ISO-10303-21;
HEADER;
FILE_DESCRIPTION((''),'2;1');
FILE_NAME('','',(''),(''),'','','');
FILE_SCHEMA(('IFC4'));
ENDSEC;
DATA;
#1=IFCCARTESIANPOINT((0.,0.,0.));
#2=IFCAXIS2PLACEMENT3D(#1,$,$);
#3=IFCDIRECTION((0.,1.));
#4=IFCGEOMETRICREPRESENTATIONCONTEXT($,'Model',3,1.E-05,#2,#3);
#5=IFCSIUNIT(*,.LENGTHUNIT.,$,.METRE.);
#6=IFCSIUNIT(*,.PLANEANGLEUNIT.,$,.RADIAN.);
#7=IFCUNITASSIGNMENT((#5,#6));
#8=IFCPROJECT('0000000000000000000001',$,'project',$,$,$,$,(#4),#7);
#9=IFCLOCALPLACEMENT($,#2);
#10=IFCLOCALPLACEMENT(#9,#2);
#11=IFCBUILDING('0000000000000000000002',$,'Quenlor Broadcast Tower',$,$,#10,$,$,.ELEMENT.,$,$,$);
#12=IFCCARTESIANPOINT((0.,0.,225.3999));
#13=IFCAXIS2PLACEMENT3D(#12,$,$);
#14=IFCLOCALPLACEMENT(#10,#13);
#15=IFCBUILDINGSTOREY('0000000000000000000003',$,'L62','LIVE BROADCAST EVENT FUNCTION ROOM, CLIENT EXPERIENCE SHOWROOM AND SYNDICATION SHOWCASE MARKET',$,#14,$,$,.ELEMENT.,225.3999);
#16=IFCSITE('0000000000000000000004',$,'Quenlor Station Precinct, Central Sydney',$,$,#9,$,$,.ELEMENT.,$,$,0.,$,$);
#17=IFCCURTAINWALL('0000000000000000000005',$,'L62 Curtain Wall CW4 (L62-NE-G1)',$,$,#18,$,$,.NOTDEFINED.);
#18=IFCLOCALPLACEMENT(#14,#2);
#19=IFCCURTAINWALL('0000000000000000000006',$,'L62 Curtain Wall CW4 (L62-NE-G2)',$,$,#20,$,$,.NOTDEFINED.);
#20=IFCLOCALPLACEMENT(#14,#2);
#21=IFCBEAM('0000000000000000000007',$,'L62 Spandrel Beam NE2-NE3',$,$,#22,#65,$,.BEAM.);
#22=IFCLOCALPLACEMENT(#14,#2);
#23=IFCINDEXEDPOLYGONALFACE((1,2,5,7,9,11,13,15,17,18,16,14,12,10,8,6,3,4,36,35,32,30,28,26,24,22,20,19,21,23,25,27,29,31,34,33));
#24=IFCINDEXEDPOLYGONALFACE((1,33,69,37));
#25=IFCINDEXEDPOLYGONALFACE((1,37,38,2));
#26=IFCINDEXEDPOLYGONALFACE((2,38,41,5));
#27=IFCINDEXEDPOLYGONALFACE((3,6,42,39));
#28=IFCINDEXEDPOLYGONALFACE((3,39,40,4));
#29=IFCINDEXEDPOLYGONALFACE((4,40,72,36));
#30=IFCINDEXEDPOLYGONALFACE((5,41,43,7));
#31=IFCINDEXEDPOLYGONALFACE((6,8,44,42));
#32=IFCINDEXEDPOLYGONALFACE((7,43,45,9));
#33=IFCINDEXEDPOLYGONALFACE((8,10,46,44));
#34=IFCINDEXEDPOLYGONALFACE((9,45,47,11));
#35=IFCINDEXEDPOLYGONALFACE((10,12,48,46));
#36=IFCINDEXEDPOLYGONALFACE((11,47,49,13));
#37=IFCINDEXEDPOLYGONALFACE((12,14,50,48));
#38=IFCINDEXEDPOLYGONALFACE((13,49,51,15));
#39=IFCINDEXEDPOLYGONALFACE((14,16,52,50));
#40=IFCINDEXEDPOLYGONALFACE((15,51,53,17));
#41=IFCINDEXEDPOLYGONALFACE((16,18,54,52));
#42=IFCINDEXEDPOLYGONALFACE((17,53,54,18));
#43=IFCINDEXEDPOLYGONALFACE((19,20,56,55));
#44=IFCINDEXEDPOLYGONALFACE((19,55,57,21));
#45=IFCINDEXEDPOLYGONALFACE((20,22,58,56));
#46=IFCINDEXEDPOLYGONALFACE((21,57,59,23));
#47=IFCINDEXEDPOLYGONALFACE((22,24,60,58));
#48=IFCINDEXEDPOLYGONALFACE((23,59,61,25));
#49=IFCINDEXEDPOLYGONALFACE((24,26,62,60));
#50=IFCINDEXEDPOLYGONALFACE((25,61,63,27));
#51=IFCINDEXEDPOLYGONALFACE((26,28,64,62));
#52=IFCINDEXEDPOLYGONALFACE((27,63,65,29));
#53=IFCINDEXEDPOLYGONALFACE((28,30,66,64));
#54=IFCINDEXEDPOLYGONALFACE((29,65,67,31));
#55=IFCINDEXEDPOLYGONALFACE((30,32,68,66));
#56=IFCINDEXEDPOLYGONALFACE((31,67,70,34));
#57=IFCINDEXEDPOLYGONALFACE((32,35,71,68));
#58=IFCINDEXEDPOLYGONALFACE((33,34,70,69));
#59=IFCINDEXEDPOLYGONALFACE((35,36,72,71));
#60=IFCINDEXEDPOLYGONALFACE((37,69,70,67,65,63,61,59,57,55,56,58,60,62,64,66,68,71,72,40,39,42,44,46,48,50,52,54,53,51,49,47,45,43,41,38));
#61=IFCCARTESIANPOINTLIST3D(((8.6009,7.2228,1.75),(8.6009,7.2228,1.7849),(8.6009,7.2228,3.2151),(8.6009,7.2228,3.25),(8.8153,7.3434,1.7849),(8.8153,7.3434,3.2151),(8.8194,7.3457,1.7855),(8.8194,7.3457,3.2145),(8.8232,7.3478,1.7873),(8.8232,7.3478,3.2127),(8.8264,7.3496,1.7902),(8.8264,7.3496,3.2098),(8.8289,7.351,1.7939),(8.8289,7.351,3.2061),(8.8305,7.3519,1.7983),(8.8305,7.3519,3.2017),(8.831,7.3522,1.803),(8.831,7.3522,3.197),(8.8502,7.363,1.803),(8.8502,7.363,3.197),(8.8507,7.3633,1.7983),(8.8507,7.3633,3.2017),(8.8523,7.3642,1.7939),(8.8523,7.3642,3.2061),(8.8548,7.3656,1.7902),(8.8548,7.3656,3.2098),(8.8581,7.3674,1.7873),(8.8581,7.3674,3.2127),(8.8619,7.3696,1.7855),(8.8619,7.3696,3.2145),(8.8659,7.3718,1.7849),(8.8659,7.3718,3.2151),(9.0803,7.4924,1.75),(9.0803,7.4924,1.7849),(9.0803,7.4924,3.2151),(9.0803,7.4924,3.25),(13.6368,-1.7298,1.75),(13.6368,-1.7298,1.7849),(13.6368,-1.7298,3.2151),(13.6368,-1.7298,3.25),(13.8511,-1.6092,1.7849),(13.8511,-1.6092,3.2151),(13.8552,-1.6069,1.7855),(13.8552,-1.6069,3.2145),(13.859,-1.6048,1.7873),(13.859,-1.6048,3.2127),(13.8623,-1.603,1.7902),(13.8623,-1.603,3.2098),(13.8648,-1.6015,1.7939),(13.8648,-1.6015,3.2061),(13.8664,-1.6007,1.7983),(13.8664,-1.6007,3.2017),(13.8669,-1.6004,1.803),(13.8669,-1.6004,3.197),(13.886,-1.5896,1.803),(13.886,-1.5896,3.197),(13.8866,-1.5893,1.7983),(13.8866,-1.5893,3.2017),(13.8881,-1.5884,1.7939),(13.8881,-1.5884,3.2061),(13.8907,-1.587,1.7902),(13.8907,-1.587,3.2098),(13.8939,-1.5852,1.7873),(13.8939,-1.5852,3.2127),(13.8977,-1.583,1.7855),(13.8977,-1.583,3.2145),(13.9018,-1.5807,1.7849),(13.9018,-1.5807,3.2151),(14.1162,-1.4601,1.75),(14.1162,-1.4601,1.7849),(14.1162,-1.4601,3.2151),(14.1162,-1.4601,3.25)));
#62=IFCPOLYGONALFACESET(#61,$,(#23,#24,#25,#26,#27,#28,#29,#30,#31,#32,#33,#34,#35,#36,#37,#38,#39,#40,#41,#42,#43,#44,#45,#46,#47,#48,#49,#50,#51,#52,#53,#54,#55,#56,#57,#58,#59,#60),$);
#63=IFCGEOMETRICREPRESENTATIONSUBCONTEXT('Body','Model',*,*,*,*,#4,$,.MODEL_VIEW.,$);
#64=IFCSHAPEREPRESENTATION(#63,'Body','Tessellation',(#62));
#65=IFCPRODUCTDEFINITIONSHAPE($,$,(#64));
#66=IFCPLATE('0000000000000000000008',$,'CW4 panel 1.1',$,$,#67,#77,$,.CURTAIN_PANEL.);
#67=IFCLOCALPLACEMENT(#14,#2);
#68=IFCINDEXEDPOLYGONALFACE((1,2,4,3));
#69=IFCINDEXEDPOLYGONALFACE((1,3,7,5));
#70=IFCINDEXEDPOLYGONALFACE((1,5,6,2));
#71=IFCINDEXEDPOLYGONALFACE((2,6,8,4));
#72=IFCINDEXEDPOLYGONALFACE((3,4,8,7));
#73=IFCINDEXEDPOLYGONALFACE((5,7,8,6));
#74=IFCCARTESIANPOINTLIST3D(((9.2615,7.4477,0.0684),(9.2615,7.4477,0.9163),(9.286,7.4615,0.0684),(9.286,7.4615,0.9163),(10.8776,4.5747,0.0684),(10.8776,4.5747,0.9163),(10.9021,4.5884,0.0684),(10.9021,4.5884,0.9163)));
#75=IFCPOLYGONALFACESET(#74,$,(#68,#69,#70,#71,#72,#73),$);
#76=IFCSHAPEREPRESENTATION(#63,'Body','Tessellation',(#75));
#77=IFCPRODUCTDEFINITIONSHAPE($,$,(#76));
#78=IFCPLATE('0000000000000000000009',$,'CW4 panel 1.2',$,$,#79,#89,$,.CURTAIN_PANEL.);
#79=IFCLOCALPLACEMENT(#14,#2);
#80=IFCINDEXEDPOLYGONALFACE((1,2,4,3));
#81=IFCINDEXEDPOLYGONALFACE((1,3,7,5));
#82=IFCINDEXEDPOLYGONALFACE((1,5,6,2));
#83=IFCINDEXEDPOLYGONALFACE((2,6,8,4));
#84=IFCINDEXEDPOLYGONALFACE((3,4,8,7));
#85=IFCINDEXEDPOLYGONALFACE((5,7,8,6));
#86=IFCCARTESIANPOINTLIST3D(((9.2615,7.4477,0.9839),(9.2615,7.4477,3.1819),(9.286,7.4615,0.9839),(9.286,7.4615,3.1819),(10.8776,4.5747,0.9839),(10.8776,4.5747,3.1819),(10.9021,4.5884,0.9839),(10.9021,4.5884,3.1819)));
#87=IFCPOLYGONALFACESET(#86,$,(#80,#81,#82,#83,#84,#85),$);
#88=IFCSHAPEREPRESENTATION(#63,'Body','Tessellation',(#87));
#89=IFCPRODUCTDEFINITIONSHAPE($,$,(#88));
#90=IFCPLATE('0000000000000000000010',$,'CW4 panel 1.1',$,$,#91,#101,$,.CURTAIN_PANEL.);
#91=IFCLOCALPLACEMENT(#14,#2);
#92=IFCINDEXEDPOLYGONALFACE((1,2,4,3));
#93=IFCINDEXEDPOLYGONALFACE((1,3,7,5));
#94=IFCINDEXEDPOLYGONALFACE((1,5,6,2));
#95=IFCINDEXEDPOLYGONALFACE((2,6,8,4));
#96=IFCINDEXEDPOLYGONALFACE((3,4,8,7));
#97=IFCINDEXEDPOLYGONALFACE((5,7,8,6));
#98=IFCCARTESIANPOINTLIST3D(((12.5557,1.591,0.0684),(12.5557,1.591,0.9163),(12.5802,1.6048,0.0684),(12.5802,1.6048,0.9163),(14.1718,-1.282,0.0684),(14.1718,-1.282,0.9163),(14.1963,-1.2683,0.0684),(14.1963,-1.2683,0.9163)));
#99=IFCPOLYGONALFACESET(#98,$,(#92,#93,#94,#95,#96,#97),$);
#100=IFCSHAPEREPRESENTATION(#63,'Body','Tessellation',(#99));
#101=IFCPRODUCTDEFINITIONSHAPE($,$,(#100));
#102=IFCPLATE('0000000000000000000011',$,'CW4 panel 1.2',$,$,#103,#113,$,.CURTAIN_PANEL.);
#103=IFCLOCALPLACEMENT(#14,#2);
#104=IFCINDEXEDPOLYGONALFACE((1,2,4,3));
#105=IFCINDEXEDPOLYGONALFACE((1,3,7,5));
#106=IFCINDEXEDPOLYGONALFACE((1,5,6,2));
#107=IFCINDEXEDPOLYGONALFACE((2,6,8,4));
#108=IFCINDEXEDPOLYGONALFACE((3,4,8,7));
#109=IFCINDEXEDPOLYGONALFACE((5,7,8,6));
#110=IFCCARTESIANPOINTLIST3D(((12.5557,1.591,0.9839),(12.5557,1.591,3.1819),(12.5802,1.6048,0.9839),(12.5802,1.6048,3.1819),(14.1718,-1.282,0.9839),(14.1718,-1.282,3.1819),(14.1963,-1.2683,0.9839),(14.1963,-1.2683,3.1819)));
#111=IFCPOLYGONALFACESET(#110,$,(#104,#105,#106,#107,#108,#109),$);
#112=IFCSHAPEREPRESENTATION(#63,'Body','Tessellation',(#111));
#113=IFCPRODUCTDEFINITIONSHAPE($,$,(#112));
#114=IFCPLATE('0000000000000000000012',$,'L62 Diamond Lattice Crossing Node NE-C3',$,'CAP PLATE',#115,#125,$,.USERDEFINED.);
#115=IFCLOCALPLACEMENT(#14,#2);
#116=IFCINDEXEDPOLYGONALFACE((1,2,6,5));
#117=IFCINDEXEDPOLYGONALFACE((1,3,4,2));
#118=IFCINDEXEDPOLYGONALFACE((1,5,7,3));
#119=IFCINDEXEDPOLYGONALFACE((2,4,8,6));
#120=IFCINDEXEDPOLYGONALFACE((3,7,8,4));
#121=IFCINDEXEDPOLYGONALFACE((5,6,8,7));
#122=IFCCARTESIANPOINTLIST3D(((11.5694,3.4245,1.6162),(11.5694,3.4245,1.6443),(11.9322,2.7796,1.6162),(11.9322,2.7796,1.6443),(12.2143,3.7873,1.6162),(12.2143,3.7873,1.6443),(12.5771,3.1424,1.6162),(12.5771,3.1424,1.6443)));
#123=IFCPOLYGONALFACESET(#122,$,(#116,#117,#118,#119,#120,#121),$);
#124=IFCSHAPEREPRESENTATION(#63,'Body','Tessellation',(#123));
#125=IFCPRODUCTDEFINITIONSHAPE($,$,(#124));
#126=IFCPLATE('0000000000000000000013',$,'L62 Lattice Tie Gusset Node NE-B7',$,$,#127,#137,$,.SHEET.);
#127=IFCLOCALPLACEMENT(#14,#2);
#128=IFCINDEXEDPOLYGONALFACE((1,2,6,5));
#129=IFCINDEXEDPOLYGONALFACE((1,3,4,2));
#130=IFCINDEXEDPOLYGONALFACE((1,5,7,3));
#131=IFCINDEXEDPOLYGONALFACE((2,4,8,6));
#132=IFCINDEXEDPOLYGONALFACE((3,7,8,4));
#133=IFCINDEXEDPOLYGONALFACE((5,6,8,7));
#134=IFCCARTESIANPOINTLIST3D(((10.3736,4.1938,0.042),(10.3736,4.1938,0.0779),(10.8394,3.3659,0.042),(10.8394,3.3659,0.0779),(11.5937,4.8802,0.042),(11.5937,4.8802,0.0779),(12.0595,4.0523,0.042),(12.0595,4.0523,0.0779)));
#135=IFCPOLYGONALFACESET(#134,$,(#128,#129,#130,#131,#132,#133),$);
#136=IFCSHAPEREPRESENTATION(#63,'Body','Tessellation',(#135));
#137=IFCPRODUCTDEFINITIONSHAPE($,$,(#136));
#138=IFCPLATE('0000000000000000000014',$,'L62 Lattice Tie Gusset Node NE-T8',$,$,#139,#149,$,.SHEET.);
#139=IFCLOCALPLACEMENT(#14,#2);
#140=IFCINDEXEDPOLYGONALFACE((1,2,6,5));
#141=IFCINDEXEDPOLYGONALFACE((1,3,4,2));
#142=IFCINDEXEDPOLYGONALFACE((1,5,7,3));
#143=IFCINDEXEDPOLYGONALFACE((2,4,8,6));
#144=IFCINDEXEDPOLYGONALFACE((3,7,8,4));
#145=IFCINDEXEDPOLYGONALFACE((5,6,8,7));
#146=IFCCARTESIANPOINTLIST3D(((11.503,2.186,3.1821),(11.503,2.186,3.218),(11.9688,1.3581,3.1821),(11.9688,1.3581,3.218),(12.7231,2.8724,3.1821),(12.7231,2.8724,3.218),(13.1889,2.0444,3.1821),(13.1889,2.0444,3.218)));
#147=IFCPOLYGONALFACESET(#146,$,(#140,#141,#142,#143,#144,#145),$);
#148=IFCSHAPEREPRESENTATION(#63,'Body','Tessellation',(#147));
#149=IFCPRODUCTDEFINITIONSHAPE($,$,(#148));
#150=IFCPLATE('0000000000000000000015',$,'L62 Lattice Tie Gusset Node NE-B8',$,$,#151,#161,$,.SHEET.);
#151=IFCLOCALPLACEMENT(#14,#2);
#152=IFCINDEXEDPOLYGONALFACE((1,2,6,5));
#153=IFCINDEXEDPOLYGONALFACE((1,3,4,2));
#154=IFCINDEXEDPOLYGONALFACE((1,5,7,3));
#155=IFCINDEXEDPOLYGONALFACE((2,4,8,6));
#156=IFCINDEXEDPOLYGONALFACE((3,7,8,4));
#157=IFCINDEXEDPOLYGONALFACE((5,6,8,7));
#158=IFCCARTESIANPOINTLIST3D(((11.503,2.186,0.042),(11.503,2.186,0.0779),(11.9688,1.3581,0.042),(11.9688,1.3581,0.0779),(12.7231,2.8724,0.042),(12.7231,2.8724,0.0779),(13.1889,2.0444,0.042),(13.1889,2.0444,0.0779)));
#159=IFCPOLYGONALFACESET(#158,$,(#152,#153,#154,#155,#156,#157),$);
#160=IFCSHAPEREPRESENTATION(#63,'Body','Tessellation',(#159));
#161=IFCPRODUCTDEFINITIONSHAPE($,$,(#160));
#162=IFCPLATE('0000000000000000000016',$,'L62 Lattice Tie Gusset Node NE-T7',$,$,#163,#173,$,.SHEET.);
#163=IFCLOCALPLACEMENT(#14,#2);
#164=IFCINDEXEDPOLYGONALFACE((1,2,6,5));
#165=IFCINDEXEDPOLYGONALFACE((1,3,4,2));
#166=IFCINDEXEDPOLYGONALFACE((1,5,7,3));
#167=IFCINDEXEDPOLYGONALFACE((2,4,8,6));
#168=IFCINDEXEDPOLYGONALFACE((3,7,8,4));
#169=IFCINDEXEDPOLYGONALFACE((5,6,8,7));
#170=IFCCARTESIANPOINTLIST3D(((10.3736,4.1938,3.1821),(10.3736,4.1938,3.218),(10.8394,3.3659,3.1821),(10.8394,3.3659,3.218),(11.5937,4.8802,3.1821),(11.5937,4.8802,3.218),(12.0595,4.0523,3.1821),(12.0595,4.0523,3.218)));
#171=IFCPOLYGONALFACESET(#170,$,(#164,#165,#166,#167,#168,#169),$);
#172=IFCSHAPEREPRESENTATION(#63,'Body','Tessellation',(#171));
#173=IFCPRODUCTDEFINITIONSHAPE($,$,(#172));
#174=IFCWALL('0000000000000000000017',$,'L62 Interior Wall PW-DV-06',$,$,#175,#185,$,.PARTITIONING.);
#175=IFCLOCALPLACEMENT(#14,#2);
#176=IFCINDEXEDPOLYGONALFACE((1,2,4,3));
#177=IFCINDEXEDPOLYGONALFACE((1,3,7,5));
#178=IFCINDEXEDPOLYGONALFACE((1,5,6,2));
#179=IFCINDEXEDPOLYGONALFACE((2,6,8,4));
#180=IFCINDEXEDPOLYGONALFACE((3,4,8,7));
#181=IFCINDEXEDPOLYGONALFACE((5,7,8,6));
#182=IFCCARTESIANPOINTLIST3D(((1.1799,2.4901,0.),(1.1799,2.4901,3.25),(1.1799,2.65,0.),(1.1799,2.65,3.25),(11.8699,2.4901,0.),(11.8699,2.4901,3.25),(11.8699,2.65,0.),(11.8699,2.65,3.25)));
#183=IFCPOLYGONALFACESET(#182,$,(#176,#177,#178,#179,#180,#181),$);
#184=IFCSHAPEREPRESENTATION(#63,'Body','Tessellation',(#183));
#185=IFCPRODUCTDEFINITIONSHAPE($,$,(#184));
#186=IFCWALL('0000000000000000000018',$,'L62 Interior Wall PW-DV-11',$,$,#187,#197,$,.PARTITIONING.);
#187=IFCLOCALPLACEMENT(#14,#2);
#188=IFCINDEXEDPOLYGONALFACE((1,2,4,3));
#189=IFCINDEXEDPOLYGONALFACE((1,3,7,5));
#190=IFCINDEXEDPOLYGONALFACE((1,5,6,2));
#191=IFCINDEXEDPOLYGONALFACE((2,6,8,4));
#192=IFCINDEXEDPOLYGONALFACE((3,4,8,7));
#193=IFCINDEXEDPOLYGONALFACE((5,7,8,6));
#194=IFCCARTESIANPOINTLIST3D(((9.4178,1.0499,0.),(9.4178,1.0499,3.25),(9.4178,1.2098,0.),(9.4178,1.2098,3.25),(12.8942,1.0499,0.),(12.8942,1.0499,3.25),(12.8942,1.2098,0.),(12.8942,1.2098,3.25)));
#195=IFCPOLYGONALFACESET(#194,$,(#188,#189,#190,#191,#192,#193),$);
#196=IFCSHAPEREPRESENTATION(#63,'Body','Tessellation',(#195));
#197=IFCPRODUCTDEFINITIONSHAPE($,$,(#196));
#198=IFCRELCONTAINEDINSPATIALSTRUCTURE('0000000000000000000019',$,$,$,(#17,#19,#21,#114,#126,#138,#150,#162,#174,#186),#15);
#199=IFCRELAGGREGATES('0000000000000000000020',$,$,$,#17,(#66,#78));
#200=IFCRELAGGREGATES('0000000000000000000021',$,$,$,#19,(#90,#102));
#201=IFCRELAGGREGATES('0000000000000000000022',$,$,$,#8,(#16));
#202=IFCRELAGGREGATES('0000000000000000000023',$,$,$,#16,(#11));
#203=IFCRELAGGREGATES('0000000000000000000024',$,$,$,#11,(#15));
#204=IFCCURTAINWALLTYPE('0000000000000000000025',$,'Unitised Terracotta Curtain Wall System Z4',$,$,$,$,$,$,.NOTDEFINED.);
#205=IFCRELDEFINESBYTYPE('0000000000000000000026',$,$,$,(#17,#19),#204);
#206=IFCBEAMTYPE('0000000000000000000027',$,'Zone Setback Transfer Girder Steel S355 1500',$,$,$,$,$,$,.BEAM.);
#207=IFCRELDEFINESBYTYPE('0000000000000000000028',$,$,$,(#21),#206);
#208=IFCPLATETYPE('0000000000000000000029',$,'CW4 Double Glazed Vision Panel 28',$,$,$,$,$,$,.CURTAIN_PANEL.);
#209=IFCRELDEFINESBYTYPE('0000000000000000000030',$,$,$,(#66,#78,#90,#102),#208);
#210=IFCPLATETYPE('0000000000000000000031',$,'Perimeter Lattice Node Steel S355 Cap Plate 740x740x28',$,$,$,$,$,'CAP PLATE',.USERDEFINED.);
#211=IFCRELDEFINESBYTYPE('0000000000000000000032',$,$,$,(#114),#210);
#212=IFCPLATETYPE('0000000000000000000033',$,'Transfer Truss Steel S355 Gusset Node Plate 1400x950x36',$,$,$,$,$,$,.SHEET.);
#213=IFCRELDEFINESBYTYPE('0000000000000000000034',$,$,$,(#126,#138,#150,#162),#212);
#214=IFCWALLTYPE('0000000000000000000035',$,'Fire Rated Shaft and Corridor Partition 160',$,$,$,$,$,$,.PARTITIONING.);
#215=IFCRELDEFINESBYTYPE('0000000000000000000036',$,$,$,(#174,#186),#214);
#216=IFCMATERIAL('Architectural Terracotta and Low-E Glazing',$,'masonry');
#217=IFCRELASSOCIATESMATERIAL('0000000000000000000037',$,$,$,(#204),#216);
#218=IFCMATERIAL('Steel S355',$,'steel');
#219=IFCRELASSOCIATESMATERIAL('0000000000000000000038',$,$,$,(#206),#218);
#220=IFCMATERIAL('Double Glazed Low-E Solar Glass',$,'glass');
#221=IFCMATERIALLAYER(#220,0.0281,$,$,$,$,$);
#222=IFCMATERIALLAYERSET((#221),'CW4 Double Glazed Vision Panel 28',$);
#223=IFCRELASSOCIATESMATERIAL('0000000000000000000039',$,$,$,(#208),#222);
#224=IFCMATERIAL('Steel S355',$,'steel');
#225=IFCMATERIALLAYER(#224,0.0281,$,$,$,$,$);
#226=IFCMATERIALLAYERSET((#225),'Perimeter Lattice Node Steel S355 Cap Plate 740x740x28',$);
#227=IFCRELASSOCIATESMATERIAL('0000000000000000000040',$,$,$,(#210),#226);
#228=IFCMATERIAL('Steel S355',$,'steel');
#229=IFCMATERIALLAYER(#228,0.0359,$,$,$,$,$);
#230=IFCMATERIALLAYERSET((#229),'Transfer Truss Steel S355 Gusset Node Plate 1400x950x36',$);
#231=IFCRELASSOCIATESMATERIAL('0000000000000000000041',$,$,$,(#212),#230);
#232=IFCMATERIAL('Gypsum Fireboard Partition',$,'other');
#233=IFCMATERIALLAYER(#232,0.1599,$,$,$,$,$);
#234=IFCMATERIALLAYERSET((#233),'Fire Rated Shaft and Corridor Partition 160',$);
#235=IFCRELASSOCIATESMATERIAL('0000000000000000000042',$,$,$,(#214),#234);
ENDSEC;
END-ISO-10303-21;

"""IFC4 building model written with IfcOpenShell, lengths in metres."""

from ifc_helpers import new_model, si_unit, direction, frame, frame_2d, origin, origin_2d, place, context, subcontext, project, spatial, rectangle, i_section, extrude, material, layer, layer_set, material_profile, profile_set, type_object, element, aggregate, save


model = new_model("IFC4")

# Units and contexts
model_context = context("Model", 3, precision=1e-05, world=origin(), true_north=direction((0.0, 1.0)))
body_context = subcontext(model_context, "Body", "Model", "MODEL_VIEW")
ifc_project = project(units=[si_unit("LENGTHUNIT", "METRE"), si_unit("PLANEANGLEUNIT", "RADIAN")], contexts=[model_context])

# Site, building, storey
site_placement = place(None, origin())
site = spatial("IfcSite", under=ifc_project, at=site_placement, Name="Quenlor Station Precinct, Central Sydney", CompositionType="ELEMENT", RefElevation=0.0)
building_placement = place(site_placement, origin())
building = spatial("IfcBuilding", under=site, at=building_placement, Name="Quenlor Broadcast Tower", CompositionType="ELEMENT")
storey_placement = place(building_placement, frame((0.0, 0.0, 225.3999)))
storey = spatial("IfcBuildingStorey", under=building, at=storey_placement, Name="L62", Description="LIVE BROADCAST EVENT FUNCTION ROOM, CLIENT EXPERIENCE SHOWROOM AND SYNDICATION SHOWCASE MARKET", CompositionType="ELEMENT", Elevation=225.3999)

# Curtain wall
ifc_material_1 = material(Name="Architectural Terracotta and Low-E Glazing", Category="masonry")
curtain_wall_type = type_object("IfcCurtainWallType", Name="Unitised Terracotta Curtain Wall System Z4", PredefinedType="NOTDEFINED", material=ifc_material_1)
curtain_wall_1_placement = place(storey_placement, origin())
curtain_wall_1 = element("IfcCurtainWall", 1, at=curtain_wall_1_placement, inside=storey, type_object=curtain_wall_type, Name="L62 Curtain Wall CW4 (L62-NE-G1)", PredefinedType="NOTDEFINED")

# Curtain wall
curtain_wall_2_placement = place(storey_placement, origin())
curtain_wall_2 = element("IfcCurtainWall", 2, at=curtain_wall_2_placement, inside=storey, type_object=curtain_wall_type, Name="L62 Curtain Wall CW4 (L62-NE-G2)", PredefinedType="NOTDEFINED")

# Beam
ifc_material_2 = material(Name="Steel S355", Category="steel")
ifc_material_profile_1 = material_profile(ifc_material_2, i_section(OverallWidth=0.55, OverallDepth=1.5, WebThickness=0.022, FlangeThickness=0.0349, FilletRadius=0.0181, at=origin_2d()))
ifc_profile_set_1 = profile_set([ifc_material_profile_1], Name="Steel S355 1500TG510")
beam_type_1 = type_object("IfcBeamType", Name="Zone Setback Transfer Girder Steel S355 1500", PredefinedType="BEAM", material=ifc_profile_set_1)
beam_1_placement = place(storey_placement, frame((13.8765, -1.595, 2.5), z_axis=(-0.490263, 0.871574, 0.0), x_axis=(-0.871574, -0.490263, 0.0)))
element("IfcBeam", 3, at=beam_1_placement, inside=storey, type_object=beam_type_1, Name="L62 Spandrel Beam NE2-NE3", PredefinedType="BEAM", context=body_context, shape_type="SweptSolid", body=[
    extrude(i_section(OverallWidth=0.55, OverallDepth=1.5, WebThickness=0.022, FlangeThickness=0.0349, FilletRadius=0.0181, at=origin_2d()), origin(), (0.0, 0.0, 1.0), 10.2717),
])

# Plates
ifc_material_3 = material(Name="Double Glazed Low-E Solar Glass", Category="glass")
ifc_layer_1 = layer(ifc_material_3, 0.0281)
ifc_layer_set_1 = layer_set([ifc_layer_1], Name="CW4 Double Glazed Vision Panel 28")
plate_type_1 = type_object("IfcPlateType", Name="CW4 Double Glazed Vision Panel 28", PredefinedType="CURTAIN_PANEL", material=ifc_layer_set_1)
plate_1_placement = place(storey_placement, frame((10.0818, 6.0181, 0.0684), z_axis=(0.0, 0.0, 1.0), x_axis=(0.490257, -0.871578, 0.0)))
plate_1 = element("IfcPlate", 4, at=plate_1_placement, type_object=plate_type_1, Name="CW4 panel 1.1", PredefinedType="CURTAIN_PANEL", context=body_context, shape_type="SweptSolid", body=[
    extrude(rectangle(XDim=3.2964, YDim=0.0281, at=origin_2d()), origin(), (0.0, 0.0, 1.0), 0.8479),
])
plate_2_placement = place(storey_placement, frame((10.0818, 6.0181, 0.9839), z_axis=(0.0, 0.0, 1.0), x_axis=(0.490257, -0.871578, 0.0)))
plate_2 = element("IfcPlate", 5, at=plate_2_placement, type_object=plate_type_1, Name="CW4 panel 1.2", PredefinedType="CURTAIN_PANEL", context=body_context, shape_type="SweptSolid", body=[
    extrude(rectangle(XDim=3.2964, YDim=0.0281, at=origin_2d()), origin(), (0.0, 0.0, 1.0), 2.198),
])
aggregate(curtain_wall_1, [plate_1, plate_2])
plate_3_placement = place(storey_placement, frame((13.376, 0.1614, 0.0684), z_axis=(0.0, 0.0, 1.0), x_axis=(0.490257, -0.871578, 0.0)))
plate_3 = element("IfcPlate", 6, at=plate_3_placement, type_object=plate_type_1, Name="CW4 panel 1.1", PredefinedType="CURTAIN_PANEL", context=body_context, shape_type="SweptSolid", body=[
    extrude(rectangle(XDim=3.2964, YDim=0.0281, at=origin_2d()), origin(), (0.0, 0.0, 1.0), 0.8479),
])
plate_4_placement = place(storey_placement, frame((13.376, 0.1614, 0.9839), z_axis=(0.0, 0.0, 1.0), x_axis=(0.490257, -0.871578, 0.0)))
plate_4 = element("IfcPlate", 7, at=plate_4_placement, type_object=plate_type_1, Name="CW4 panel 1.2", PredefinedType="CURTAIN_PANEL", context=body_context, shape_type="SweptSolid", body=[
    extrude(rectangle(XDim=3.2964, YDim=0.0281, at=origin_2d()), origin(), (0.0, 0.0, 1.0), 2.198),
])
aggregate(curtain_wall_2, [plate_3, plate_4])

# Plates
ifc_material_4 = material(Name="Steel S355", Category="steel")
ifc_layer_2 = layer(ifc_material_4, 0.0281)
ifc_layer_set_2 = layer_set([ifc_layer_2], Name="Perimeter Lattice Node Steel S355 Cap Plate 740x740x28")
plate_type_2 = type_object("IfcPlateType", Name="Perimeter Lattice Node Steel S355 Cap Plate 740x740x28", ElementType="CAP PLATE", PredefinedType="USERDEFINED", material=ifc_layer_set_2)
plate_5_placement = place(storey_placement, frame((12.0732, 3.2834, 1.6162), z_axis=(0.0, 0.0, 1.0), x_axis=(0.490295, -0.871556, 0.0)))
element("IfcPlate", 8, at=plate_5_placement, inside=storey, type_object=plate_type_2, Name="L62 Diamond Lattice Crossing Node NE-C3", ObjectType="CAP PLATE", PredefinedType="USERDEFINED", context=body_context, shape_type="SweptSolid", body=[
    extrude(rectangle(XDim=0.74, YDim=0.74, at=origin_2d()), origin(), (0.0, 0.0, 1.0), 0.0281),
])
ifc_material_5 = material(Name="Steel S355", Category="steel")
ifc_layer_3 = layer(ifc_material_5, 0.0359)
ifc_layer_set_3 = layer_set([ifc_layer_3], Name="Transfer Truss Steel S355 Gusset Node Plate 1400x950x36")
plate_type_3 = type_object("IfcPlateType", Name="Transfer Truss Steel S355 Gusset Node Plate 1400x950x36", PredefinedType="SHEET", material=ifc_layer_set_3)
for number, where, z_axis, x_axis, name in (
    (9, (11.2166, 4.123, 0.042), (0.0, 0.0, 1.0), (0.871556, 0.490295, 0.0), "L62 Lattice Tie Gusset Node NE-B7"),
    (10, (12.3459, 2.1152, 3.1821), (0.0, 0.0, 1.0), (0.871556, 0.490295, 0.0), "L62 Lattice Tie Gusset Node NE-T8"),
    (11, (12.3459, 2.1152, 0.042), (0.0, 0.0, 1.0), (0.871556, 0.490295, 0.0), "L62 Lattice Tie Gusset Node NE-B8"),
    (12, (11.2166, 4.123, 3.1821), (0.0, 0.0, 1.0), (0.871556, 0.490295, 0.0), "L62 Lattice Tie Gusset Node NE-T7"),
):
    element("IfcPlate", number, at=place(storey_placement, frame(where, z_axis=z_axis, x_axis=x_axis)), inside=storey, type_object=plate_type_3, Name=name, PredefinedType="SHEET", context=body_context, shape_type="SweptSolid", body=[
        extrude(rectangle(XDim=1.3999, YDim=0.95, at=origin_2d()), origin(), (0.0, 0.0, 1.0), 0.0359),
    ])

# Walls
ifc_material_6 = material(Name="Gypsum Fireboard Partition", Category="other")
ifc_layer_4 = layer(ifc_material_6, 0.1599)
ifc_layer_set_4 = layer_set([ifc_layer_4], Name="Fire Rated Shaft and Corridor Partition 160")
wall_type_1 = type_object("IfcWallType", Name="Fire Rated Shaft and Corridor Partition 160", PredefinedType="PARTITIONING", material=ifc_layer_set_4)
wall_1_placement = place(storey_placement, frame((11.8699, 2.5701, 0.0), z_axis=(0.0, 0.0, 1.0), x_axis=(-1.0, 0.0, 0.0)))
element("IfcWall", 13, at=wall_1_placement, inside=storey, type_object=wall_type_1, Name="L62 Interior Wall PW-DV-06", PredefinedType="PARTITIONING", context=body_context, shape_type="SweptSolid", body=[
    extrude(rectangle(XDim=10.6899, YDim=0.1599, at=frame_2d((5.345, 0.0))), origin(), (0.0, 0.0, 1.0), 3.25),
])
wall_2_placement = place(storey_placement, frame((12.8943, 1.1299, 0.0), z_axis=(0.0, 0.0, 1.0), x_axis=(-1.0, 0.0, 0.0)))
element("IfcWall", 14, at=wall_2_placement, inside=storey, type_object=wall_type_1, Name="L62 Interior Wall PW-DV-11", PredefinedType="PARTITIONING", context=body_context, shape_type="SweptSolid", body=[
    extrude(rectangle(XDim=3.4763, YDim=0.1599, at=frame_2d((1.7383, 0.0))), origin(), (0.0, 0.0, 1.0), 3.25),
])

save(model, "model.ifc")
